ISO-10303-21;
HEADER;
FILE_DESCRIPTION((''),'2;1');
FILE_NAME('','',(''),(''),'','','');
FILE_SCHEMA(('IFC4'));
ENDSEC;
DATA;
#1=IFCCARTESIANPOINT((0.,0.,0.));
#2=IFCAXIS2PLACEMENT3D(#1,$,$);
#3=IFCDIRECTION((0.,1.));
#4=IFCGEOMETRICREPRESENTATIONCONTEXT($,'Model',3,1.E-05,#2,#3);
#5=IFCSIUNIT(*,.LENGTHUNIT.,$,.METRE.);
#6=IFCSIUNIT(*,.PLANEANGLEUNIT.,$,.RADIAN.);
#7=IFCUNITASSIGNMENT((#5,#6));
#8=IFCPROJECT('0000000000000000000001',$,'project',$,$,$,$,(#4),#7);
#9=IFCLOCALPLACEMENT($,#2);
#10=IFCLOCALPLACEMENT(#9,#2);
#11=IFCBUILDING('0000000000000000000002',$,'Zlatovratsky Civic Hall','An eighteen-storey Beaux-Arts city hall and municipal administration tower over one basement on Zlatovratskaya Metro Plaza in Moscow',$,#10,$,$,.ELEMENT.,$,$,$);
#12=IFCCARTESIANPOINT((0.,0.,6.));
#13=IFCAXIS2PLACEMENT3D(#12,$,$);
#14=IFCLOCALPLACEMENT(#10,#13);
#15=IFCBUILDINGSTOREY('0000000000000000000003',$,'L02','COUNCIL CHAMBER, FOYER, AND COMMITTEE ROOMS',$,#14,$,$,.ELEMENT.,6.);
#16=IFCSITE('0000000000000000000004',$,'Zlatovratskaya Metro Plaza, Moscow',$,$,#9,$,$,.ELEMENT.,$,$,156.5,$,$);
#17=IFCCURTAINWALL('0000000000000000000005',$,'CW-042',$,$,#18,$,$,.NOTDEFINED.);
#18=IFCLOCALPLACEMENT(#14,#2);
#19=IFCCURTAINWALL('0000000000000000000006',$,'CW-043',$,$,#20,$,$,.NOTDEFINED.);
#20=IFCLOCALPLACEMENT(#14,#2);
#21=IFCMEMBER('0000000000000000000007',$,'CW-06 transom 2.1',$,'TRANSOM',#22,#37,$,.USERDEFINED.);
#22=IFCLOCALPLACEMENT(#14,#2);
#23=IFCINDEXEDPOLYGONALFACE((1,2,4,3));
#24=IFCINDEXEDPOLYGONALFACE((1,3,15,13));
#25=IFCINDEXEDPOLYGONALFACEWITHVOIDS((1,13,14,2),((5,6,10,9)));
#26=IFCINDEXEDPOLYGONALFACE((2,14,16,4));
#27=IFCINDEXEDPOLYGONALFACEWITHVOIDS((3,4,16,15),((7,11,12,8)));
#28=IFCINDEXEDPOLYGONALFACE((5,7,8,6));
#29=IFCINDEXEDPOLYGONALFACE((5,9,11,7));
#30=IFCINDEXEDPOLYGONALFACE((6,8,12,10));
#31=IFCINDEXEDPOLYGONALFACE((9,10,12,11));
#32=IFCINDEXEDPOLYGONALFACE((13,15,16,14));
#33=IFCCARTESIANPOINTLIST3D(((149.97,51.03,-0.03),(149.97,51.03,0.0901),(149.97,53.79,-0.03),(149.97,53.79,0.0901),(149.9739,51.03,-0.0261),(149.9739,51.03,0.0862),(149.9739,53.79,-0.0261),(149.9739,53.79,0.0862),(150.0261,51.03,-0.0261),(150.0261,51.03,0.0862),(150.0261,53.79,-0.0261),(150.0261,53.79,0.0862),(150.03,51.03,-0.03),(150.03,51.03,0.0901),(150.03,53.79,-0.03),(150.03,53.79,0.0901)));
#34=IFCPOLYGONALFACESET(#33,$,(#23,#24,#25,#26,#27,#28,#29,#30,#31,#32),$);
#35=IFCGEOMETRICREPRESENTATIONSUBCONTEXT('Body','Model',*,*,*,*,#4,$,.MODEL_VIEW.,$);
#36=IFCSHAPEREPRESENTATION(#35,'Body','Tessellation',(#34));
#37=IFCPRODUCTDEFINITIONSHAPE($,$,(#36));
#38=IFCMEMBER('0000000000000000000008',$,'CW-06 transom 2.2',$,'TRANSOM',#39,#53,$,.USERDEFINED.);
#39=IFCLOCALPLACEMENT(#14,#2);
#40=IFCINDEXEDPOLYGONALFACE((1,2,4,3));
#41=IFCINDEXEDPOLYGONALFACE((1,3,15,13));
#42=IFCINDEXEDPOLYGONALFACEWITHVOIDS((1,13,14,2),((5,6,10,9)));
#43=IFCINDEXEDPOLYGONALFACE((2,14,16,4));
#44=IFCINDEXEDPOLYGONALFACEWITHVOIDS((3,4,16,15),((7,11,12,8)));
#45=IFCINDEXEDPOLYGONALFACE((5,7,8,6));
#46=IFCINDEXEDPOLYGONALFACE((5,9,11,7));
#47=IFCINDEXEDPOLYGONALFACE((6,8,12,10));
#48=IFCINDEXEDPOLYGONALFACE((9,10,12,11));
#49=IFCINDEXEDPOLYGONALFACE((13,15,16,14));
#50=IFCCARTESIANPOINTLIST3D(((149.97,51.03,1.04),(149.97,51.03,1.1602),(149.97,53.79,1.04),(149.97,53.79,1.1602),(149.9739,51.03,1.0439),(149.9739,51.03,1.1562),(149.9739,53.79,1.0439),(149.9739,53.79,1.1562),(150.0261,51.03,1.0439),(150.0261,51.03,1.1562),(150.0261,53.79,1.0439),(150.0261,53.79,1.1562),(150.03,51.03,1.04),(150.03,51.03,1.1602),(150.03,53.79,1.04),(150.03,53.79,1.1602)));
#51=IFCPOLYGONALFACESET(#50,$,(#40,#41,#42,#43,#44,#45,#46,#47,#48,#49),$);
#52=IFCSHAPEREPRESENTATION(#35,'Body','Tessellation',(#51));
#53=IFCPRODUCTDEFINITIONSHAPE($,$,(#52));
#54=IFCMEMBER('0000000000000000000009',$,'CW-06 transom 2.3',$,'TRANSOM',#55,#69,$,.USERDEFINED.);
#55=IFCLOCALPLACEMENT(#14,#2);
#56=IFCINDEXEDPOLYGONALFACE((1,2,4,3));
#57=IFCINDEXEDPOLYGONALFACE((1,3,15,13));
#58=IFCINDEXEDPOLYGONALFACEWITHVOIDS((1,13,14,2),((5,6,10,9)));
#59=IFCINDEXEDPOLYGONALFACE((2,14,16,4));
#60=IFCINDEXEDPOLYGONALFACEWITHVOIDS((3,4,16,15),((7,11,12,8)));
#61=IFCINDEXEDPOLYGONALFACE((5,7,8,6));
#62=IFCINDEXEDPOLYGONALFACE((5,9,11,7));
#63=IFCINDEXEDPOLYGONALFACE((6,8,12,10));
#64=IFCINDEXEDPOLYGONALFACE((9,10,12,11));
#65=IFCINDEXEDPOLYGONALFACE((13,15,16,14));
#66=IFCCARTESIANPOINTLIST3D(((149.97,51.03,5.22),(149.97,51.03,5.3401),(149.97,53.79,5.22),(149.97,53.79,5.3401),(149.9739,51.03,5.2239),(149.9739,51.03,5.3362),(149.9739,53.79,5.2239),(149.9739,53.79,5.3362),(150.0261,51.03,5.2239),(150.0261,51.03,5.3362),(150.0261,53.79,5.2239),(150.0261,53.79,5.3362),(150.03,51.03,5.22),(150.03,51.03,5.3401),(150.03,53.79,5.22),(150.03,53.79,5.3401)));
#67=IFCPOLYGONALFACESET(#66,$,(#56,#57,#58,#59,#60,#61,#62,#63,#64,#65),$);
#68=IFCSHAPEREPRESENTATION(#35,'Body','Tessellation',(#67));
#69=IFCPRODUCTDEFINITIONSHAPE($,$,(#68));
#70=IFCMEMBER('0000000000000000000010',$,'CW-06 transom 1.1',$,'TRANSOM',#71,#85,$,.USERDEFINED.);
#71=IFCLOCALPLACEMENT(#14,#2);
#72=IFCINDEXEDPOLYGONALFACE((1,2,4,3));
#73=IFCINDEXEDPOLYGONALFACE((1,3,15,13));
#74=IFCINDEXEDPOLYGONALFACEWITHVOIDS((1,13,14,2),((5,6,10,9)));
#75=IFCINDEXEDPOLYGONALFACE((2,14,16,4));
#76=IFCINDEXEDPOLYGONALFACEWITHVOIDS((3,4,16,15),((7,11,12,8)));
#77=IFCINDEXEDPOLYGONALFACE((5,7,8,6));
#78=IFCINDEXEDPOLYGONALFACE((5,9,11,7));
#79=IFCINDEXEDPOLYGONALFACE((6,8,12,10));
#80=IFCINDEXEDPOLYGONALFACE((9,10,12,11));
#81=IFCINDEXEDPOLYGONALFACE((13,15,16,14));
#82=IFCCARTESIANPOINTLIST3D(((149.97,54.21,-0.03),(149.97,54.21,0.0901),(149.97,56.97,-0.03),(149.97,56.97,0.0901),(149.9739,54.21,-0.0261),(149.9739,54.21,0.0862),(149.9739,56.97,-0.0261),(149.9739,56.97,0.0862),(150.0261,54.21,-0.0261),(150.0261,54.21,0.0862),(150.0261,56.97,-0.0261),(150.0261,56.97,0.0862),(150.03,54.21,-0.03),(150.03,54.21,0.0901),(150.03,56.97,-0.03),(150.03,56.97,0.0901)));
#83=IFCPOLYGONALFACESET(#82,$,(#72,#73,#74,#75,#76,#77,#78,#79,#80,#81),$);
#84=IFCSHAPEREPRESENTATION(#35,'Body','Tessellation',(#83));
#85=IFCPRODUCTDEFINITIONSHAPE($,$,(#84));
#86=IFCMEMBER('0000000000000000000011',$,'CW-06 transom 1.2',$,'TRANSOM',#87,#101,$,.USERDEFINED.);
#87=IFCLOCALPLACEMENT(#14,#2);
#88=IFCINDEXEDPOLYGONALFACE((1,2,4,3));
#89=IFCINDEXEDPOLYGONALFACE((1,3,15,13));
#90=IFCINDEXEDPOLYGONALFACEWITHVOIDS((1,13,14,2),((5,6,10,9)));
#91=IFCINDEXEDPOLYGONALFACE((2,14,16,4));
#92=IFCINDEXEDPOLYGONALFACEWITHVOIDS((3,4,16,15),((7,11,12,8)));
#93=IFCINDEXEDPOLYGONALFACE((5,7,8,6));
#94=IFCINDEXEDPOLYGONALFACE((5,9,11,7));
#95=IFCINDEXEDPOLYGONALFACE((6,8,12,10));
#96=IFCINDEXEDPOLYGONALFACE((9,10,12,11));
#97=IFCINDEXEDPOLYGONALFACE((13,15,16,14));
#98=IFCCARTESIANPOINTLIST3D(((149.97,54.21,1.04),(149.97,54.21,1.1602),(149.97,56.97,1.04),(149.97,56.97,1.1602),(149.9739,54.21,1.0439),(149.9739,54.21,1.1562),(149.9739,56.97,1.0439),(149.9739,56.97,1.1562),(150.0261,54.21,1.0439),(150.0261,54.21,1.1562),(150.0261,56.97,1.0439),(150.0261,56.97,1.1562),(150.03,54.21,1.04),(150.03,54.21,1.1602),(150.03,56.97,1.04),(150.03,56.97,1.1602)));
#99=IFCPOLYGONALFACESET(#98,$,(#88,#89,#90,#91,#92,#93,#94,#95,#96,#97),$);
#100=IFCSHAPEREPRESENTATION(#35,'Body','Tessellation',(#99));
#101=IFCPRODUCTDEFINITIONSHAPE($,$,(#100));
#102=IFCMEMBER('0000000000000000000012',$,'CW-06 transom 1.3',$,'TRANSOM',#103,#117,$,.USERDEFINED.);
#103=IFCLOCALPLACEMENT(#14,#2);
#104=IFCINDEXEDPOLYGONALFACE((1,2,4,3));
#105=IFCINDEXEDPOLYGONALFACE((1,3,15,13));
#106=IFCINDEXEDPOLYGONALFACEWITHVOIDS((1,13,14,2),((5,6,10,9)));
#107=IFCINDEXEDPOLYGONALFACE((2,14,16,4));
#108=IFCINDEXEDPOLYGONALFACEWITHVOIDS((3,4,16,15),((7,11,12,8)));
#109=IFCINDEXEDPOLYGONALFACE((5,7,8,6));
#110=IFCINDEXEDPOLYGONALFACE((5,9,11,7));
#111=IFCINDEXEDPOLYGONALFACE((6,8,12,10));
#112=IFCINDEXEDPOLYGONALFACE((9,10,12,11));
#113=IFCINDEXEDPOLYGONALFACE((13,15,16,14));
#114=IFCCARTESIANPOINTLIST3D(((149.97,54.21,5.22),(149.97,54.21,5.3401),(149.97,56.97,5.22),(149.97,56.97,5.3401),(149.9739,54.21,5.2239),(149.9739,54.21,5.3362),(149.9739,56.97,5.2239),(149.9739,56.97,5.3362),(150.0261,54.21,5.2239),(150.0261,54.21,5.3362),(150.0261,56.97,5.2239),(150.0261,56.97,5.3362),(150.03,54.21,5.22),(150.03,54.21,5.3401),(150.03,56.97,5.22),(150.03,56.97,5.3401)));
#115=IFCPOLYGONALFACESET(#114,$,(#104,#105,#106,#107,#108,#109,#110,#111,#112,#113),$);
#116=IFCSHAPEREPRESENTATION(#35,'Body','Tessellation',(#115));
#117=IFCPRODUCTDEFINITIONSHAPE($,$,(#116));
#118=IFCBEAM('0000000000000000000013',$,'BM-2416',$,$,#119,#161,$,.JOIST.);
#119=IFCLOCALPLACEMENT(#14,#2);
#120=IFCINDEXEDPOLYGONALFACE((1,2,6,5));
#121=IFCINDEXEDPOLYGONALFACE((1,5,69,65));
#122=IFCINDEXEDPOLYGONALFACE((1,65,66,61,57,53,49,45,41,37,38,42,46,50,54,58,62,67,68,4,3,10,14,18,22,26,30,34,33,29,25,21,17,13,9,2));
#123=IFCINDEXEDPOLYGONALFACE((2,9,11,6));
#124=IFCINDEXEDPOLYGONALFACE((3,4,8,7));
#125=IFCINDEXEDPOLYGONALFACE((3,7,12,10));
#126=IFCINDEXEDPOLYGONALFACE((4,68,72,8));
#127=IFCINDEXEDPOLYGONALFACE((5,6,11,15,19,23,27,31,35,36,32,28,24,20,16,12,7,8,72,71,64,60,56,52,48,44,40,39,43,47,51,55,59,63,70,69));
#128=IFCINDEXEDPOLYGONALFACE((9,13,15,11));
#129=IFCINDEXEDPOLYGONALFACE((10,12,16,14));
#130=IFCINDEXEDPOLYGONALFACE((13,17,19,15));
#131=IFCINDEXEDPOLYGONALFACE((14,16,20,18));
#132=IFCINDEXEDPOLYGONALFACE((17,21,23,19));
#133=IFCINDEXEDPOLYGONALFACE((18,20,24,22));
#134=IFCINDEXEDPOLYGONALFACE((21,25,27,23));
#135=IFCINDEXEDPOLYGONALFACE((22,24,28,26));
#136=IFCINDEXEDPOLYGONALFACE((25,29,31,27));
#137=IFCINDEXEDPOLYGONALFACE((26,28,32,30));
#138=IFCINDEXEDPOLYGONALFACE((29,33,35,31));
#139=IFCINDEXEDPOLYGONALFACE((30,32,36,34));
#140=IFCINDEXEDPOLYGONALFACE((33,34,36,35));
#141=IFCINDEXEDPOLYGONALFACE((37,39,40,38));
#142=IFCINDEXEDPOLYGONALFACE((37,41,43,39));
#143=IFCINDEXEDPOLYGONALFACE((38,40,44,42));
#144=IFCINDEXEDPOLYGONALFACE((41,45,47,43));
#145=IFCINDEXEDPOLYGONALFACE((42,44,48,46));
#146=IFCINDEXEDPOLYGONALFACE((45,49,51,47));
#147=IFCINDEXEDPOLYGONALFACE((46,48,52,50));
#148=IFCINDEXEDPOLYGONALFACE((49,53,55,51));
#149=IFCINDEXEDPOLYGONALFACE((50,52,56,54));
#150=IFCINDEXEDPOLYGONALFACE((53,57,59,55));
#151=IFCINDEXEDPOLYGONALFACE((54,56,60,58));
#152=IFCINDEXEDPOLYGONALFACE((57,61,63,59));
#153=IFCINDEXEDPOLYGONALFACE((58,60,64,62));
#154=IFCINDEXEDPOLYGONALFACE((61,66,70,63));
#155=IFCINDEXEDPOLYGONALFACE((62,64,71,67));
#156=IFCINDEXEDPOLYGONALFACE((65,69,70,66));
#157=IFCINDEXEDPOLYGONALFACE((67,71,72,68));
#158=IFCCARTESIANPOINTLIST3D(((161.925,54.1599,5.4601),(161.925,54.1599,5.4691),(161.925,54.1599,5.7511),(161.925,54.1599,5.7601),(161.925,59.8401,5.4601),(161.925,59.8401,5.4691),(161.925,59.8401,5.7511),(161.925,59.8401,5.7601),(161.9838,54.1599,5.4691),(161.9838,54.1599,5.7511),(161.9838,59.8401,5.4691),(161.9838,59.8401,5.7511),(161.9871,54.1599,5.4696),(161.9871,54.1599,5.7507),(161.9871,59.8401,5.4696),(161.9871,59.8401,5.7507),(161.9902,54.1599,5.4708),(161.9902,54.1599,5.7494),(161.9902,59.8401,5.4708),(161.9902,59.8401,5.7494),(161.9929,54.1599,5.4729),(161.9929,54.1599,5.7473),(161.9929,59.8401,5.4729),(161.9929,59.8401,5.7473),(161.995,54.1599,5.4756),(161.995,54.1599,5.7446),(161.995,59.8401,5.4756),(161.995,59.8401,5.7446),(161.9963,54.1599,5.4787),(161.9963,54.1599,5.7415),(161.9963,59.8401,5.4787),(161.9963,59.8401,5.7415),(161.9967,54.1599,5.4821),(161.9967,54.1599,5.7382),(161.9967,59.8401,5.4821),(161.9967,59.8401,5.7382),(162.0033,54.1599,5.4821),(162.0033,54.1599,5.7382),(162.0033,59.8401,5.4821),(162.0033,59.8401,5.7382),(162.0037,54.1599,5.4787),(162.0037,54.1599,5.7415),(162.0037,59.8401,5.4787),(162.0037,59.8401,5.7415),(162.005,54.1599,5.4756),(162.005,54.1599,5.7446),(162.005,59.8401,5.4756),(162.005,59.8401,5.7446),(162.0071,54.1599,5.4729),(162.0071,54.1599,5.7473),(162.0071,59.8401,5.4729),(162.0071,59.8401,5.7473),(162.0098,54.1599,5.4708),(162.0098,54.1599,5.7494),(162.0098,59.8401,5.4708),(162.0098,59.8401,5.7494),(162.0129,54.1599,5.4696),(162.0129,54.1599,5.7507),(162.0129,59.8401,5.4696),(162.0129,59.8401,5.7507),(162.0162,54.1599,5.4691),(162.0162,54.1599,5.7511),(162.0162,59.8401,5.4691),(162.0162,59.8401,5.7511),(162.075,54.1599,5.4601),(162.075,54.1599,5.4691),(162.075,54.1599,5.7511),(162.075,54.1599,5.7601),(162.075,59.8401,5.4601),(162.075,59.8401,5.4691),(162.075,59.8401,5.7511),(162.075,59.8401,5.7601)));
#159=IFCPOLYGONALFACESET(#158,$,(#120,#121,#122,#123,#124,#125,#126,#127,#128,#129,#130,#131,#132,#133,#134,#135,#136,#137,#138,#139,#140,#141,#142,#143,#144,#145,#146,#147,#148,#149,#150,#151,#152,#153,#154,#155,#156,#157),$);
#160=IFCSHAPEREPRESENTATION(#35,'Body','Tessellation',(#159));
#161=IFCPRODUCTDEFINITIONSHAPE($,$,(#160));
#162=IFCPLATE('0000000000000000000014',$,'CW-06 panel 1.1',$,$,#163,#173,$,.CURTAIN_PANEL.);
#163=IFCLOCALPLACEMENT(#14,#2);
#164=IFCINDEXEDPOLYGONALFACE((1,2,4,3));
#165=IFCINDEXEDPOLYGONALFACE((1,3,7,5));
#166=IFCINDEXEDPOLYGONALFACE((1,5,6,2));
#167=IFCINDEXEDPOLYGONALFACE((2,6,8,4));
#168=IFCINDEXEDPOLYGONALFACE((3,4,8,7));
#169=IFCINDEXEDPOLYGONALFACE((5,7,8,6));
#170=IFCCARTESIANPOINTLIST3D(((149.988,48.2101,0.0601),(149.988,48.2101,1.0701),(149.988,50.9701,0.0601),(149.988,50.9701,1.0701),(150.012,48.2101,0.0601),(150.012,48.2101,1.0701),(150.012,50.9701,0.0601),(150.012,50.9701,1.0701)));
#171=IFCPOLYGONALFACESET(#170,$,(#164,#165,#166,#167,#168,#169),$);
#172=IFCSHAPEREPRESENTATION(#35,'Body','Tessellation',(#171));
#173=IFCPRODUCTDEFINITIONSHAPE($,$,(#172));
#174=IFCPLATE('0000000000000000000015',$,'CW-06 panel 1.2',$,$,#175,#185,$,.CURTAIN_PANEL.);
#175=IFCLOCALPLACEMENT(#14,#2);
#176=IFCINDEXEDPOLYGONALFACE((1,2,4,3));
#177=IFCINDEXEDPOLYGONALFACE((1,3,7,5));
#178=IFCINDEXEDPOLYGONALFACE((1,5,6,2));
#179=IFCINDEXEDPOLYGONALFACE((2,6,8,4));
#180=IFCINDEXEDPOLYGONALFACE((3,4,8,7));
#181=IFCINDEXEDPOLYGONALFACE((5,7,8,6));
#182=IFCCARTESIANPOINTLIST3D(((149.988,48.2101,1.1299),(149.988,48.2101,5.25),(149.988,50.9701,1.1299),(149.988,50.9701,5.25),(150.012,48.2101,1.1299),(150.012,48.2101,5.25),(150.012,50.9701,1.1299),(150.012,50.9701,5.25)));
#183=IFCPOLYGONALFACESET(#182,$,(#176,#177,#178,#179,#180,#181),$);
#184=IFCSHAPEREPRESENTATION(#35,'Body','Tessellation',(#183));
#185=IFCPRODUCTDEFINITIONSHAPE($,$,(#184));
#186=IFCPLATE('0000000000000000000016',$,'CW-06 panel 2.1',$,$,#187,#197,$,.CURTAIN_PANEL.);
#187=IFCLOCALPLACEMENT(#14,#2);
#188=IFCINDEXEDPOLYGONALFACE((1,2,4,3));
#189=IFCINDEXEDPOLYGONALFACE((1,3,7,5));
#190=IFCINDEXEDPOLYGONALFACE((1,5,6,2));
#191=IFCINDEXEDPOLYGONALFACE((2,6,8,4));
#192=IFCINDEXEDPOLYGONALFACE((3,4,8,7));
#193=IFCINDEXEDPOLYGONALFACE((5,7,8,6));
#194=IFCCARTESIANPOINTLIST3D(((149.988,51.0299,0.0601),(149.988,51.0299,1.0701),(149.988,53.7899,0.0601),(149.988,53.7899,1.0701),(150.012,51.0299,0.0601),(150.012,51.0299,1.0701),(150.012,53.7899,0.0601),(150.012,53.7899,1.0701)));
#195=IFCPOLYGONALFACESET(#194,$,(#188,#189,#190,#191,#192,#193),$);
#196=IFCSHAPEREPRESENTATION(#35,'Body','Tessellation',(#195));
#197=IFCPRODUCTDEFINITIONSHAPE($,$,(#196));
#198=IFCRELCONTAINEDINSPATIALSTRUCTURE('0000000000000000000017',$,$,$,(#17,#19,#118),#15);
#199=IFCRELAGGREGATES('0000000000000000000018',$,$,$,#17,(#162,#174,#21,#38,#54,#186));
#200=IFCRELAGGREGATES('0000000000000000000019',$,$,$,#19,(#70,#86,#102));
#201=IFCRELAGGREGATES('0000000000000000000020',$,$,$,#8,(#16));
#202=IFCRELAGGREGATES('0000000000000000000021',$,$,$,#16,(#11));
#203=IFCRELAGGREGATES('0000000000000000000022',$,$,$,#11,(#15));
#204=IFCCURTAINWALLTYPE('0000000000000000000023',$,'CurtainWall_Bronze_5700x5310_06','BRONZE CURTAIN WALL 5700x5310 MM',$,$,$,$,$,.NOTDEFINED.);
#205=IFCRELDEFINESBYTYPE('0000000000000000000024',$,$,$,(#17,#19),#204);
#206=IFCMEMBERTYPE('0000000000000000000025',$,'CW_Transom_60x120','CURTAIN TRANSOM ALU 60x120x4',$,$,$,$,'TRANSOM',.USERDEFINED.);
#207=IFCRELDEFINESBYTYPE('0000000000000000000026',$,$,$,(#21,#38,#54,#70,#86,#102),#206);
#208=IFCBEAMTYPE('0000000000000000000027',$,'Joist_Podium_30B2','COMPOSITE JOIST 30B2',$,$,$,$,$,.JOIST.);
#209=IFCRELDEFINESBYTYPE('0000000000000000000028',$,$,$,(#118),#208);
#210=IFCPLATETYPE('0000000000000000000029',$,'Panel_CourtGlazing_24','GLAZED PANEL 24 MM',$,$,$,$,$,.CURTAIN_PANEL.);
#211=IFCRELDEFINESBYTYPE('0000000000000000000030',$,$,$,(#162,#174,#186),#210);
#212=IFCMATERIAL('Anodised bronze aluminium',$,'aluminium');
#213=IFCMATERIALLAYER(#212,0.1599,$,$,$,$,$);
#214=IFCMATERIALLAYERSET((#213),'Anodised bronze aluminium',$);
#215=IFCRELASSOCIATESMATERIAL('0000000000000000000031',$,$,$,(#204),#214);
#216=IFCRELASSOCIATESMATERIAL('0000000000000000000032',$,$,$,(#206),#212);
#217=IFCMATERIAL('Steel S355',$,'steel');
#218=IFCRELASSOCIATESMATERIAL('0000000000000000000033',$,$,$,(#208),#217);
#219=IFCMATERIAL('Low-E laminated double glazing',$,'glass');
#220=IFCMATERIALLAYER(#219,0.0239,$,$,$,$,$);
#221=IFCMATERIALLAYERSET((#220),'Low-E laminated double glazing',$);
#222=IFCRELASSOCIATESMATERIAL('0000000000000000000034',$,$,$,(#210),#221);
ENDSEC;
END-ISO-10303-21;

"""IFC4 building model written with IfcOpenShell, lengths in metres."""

from ifc_helpers import new_model, si_unit, direction, frame, origin, origin_2d, place, context, subcontext, project, spatial, rectangle, hollow_rectangle, i_section, extrude, material, layer, layer_set, material_profile, profile_set, type_object, element, aggregate, save


model = new_model("IFC4")

# Units and contexts
model_context = context("Model", 3, precision=1e-05, world=origin(), true_north=direction((0.0, 1.0)))
body_context = subcontext(model_context, "Body", "Model", "MODEL_VIEW")
ifc_project = project(units=[si_unit("LENGTHUNIT", "METRE"), si_unit("PLANEANGLEUNIT", "RADIAN")], contexts=[model_context])

# Site, building, storey
site_placement = place(None, origin())
site = spatial("IfcSite", under=ifc_project, at=site_placement, Name="Zlatovratskaya Metro Plaza, Moscow", CompositionType="ELEMENT", RefElevation=156.5)
building_placement = place(site_placement, origin())
building = spatial("IfcBuilding", under=site, at=building_placement, Name="Zlatovratsky Civic Hall", Description="An eighteen-storey Beaux-Arts city hall and municipal administration tower over one basement on Zlatovratskaya Metro Plaza in Moscow", CompositionType="ELEMENT")
storey_placement = place(building_placement, frame((0.0, 0.0, 6.0)))
storey = spatial("IfcBuildingStorey", under=building, at=storey_placement, Name="L02", Description="COUNCIL CHAMBER, FOYER, AND COMMITTEE ROOMS", CompositionType="ELEMENT", Elevation=6.0)

# Shared definitions
ifc_material_1 = material(Name="Steel S355", Category="steel")

# Curtain walls
ifc_material_2 = material(Name="Anodised bronze aluminium", Category="aluminium")
ifc_layer_1 = layer(ifc_material_2, 0.1599)
ifc_layer_set_1 = layer_set([ifc_layer_1], Name="Anodised bronze aluminium")
curtain_wall_type = type_object("IfcCurtainWallType", Name="CurtainWall_Bronze_5700x5310_06", Description="BRONZE CURTAIN WALL 5700x5310 MM", PredefinedType="NOTDEFINED", material=ifc_layer_set_1)
curtain_wall_1_placement = place(storey_placement, origin())
curtain_wall_1 = element("IfcCurtainWall", 1, at=curtain_wall_1_placement, inside=storey, type_object=curtain_wall_type, Name="CW-042", PredefinedType="NOTDEFINED")
curtain_wall_2_placement = place(storey_placement, origin())
curtain_wall_2 = element("IfcCurtainWall", 2, at=curtain_wall_2_placement, inside=storey, type_object=curtain_wall_type, Name="CW-043", PredefinedType="NOTDEFINED")

# Members
ifc_material_profile_1 = material_profile(ifc_material_2, hollow_rectangle(XDim=0.0601, YDim=0.1201, WallThickness=0.0039, at=origin_2d()), Name="ALU 60x120x4")
ifc_profile_set_1 = profile_set([ifc_material_profile_1], Name="Anodised bronze aluminium")
member_type_1 = type_object("IfcMemberType", Name="CW_Transom_60x120", Description="CURTAIN TRANSOM ALU 60x120x4", ElementType="TRANSOM", PredefinedType="USERDEFINED", material=ifc_profile_set_1)
member_1_placement = place(storey_placement, frame((150.0, 51.03, 0.03), z_axis=(0.0, 1.0, 0.0), x_axis=(-1.0, 0.0, 0.0)))
member_1 = element("IfcMember", 3, at=member_1_placement, type_object=member_type_1, Name="CW-06 transom 2.1", ObjectType="TRANSOM", PredefinedType="USERDEFINED", context=body_context, shape_type="SweptSolid", body=[
    extrude(hollow_rectangle(XDim=0.0601, YDim=0.1201, WallThickness=0.0039, at=origin_2d()), origin(), (0.0, 0.0, 1.0), 2.76),
])
member_2_placement = place(storey_placement, frame((150.0, 51.03, 1.1001), z_axis=(0.0, 1.0, 0.0), x_axis=(-1.0, 0.0, 0.0)))
member_2 = element("IfcMember", 4, at=member_2_placement, type_object=member_type_1, Name="CW-06 transom 2.2", ObjectType="TRANSOM", PredefinedType="USERDEFINED", context=body_context, shape_type="SweptSolid", body=[
    extrude(hollow_rectangle(XDim=0.0601, YDim=0.1201, WallThickness=0.0039, at=origin_2d()), origin(), (0.0, 0.0, 1.0), 2.76),
])
member_3_placement = place(storey_placement, frame((150.0, 51.03, 5.28), z_axis=(0.0, 1.0, 0.0), x_axis=(-1.0, 0.0, 0.0)))
member_3 = element("IfcMember", 5, at=member_3_placement, type_object=member_type_1, Name="CW-06 transom 2.3", ObjectType="TRANSOM", PredefinedType="USERDEFINED", context=body_context, shape_type="SweptSolid", body=[
    extrude(hollow_rectangle(XDim=0.0601, YDim=0.1201, WallThickness=0.0039, at=origin_2d()), origin(), (0.0, 0.0, 1.0), 2.76),
])
member_4_placement = place(storey_placement, frame((150.0, 54.21, 0.03), z_axis=(0.0, 1.0, 0.0), x_axis=(-1.0, 0.0, 0.0)))
member_4 = element("IfcMember", 6, at=member_4_placement, type_object=member_type_1, Name="CW-06 transom 1.1", ObjectType="TRANSOM", PredefinedType="USERDEFINED", context=body_context, shape_type="SweptSolid", body=[
    extrude(hollow_rectangle(XDim=0.0601, YDim=0.1201, WallThickness=0.0039, at=origin_2d()), origin(), (0.0, 0.0, 1.0), 2.76),
])
member_5_placement = place(storey_placement, frame((150.0, 54.21, 1.1001), z_axis=(0.0, 1.0, 0.0), x_axis=(-1.0, 0.0, 0.0)))
member_5 = element("IfcMember", 7, at=member_5_placement, type_object=member_type_1, Name="CW-06 transom 1.2", ObjectType="TRANSOM", PredefinedType="USERDEFINED", context=body_context, shape_type="SweptSolid", body=[
    extrude(hollow_rectangle(XDim=0.0601, YDim=0.1201, WallThickness=0.0039, at=origin_2d()), origin(), (0.0, 0.0, 1.0), 2.76),
])
member_6_placement = place(storey_placement, frame((150.0, 54.21, 5.28), z_axis=(0.0, 1.0, 0.0), x_axis=(-1.0, 0.0, 0.0)))
member_6 = element("IfcMember", 8, at=member_6_placement, type_object=member_type_1, Name="CW-06 transom 1.3", ObjectType="TRANSOM", PredefinedType="USERDEFINED", context=body_context, shape_type="SweptSolid", body=[
    extrude(hollow_rectangle(XDim=0.0601, YDim=0.1201, WallThickness=0.0039, at=origin_2d()), origin(), (0.0, 0.0, 1.0), 2.76),
])

# Beam
ifc_material_profile_2 = material_profile(ifc_material_1, i_section(OverallWidth=0.1499, OverallDepth=0.3, WebThickness=0.0066, FlangeThickness=0.009, FilletRadius=0.0129, at=origin_2d()), Name="30B2")
ifc_profile_set_2 = profile_set([ifc_material_profile_2], Name="Steel S355")
beam_type_1 = type_object("IfcBeamType", Name="Joist_Podium_30B2", Description="COMPOSITE JOIST 30B2", PredefinedType="JOIST", material=ifc_profile_set_2)
beam_1_placement = place(storey_placement, frame((162.0, 54.1599, 5.6101), z_axis=(0.0, 1.0, 0.0), x_axis=(-1.0, 0.0, 0.0)))
element("IfcBeam", 9, at=beam_1_placement, inside=storey, type_object=beam_type_1, Name="BM-2416", PredefinedType="JOIST", context=body_context, shape_type="SweptSolid", body=[
    extrude(i_section(OverallWidth=0.1499, OverallDepth=0.3, WebThickness=0.0066, FlangeThickness=0.009, FilletRadius=0.0129, at=origin_2d()), origin(), (0.0, 0.0, 1.0), 5.6802),
])

# Plates
ifc_material_3 = material(Name="Low-E laminated double glazing", Category="glass")
ifc_layer_2 = layer(ifc_material_3, 0.0239)
ifc_layer_set_2 = layer_set([ifc_layer_2], Name="Low-E laminated double glazing")
plate_type = type_object("IfcPlateType", Name="Panel_CourtGlazing_24", Description="GLAZED PANEL 24 MM", PredefinedType="CURTAIN_PANEL", material=ifc_layer_set_2)
plate_1_placement = place(storey_placement, frame((150.0, 49.5901, 0.0601), z_axis=(0.0, 0.0, 1.0), x_axis=(0.0, 1.0, 0.0)))
plate_1 = element("IfcPlate", 10, at=plate_1_placement, type_object=plate_type, Name="CW-06 panel 1.1", PredefinedType="CURTAIN_PANEL", context=body_context, shape_type="SweptSolid", body=[
    extrude(rectangle(XDim=2.76, YDim=0.0239, at=origin_2d()), origin(), (0.0, 0.0, 1.0), 1.01),
])
plate_2_placement = place(storey_placement, frame((150.0, 49.5901, 1.1299), z_axis=(0.0, 0.0, 1.0), x_axis=(0.0, 1.0, 0.0)))
plate_2 = element("IfcPlate", 11, at=plate_2_placement, type_object=plate_type, Name="CW-06 panel 1.2", PredefinedType="CURTAIN_PANEL", context=body_context, shape_type="SweptSolid", body=[
    extrude(rectangle(XDim=2.76, YDim=0.0239, at=origin_2d()), origin(), (0.0, 0.0, 1.0), 4.1201),
])
plate_3_placement = place(storey_placement, frame((150.0, 52.4099, 0.0601), z_axis=(0.0, 0.0, 1.0), x_axis=(0.0, 1.0, 0.0)))
plate_3 = element("IfcPlate", 12, at=plate_3_placement, type_object=plate_type, Name="CW-06 panel 2.1", PredefinedType="CURTAIN_PANEL", context=body_context, shape_type="SweptSolid", body=[
    extrude(rectangle(XDim=2.76, YDim=0.0239, at=origin_2d()), origin(), (0.0, 0.0, 1.0), 1.01),
])
aggregate(curtain_wall_1, [plate_1, plate_2, member_1, member_2, member_3, plate_3])
aggregate(curtain_wall_2, [member_4, member_5, member_6])

save(model, "model.ifc")
